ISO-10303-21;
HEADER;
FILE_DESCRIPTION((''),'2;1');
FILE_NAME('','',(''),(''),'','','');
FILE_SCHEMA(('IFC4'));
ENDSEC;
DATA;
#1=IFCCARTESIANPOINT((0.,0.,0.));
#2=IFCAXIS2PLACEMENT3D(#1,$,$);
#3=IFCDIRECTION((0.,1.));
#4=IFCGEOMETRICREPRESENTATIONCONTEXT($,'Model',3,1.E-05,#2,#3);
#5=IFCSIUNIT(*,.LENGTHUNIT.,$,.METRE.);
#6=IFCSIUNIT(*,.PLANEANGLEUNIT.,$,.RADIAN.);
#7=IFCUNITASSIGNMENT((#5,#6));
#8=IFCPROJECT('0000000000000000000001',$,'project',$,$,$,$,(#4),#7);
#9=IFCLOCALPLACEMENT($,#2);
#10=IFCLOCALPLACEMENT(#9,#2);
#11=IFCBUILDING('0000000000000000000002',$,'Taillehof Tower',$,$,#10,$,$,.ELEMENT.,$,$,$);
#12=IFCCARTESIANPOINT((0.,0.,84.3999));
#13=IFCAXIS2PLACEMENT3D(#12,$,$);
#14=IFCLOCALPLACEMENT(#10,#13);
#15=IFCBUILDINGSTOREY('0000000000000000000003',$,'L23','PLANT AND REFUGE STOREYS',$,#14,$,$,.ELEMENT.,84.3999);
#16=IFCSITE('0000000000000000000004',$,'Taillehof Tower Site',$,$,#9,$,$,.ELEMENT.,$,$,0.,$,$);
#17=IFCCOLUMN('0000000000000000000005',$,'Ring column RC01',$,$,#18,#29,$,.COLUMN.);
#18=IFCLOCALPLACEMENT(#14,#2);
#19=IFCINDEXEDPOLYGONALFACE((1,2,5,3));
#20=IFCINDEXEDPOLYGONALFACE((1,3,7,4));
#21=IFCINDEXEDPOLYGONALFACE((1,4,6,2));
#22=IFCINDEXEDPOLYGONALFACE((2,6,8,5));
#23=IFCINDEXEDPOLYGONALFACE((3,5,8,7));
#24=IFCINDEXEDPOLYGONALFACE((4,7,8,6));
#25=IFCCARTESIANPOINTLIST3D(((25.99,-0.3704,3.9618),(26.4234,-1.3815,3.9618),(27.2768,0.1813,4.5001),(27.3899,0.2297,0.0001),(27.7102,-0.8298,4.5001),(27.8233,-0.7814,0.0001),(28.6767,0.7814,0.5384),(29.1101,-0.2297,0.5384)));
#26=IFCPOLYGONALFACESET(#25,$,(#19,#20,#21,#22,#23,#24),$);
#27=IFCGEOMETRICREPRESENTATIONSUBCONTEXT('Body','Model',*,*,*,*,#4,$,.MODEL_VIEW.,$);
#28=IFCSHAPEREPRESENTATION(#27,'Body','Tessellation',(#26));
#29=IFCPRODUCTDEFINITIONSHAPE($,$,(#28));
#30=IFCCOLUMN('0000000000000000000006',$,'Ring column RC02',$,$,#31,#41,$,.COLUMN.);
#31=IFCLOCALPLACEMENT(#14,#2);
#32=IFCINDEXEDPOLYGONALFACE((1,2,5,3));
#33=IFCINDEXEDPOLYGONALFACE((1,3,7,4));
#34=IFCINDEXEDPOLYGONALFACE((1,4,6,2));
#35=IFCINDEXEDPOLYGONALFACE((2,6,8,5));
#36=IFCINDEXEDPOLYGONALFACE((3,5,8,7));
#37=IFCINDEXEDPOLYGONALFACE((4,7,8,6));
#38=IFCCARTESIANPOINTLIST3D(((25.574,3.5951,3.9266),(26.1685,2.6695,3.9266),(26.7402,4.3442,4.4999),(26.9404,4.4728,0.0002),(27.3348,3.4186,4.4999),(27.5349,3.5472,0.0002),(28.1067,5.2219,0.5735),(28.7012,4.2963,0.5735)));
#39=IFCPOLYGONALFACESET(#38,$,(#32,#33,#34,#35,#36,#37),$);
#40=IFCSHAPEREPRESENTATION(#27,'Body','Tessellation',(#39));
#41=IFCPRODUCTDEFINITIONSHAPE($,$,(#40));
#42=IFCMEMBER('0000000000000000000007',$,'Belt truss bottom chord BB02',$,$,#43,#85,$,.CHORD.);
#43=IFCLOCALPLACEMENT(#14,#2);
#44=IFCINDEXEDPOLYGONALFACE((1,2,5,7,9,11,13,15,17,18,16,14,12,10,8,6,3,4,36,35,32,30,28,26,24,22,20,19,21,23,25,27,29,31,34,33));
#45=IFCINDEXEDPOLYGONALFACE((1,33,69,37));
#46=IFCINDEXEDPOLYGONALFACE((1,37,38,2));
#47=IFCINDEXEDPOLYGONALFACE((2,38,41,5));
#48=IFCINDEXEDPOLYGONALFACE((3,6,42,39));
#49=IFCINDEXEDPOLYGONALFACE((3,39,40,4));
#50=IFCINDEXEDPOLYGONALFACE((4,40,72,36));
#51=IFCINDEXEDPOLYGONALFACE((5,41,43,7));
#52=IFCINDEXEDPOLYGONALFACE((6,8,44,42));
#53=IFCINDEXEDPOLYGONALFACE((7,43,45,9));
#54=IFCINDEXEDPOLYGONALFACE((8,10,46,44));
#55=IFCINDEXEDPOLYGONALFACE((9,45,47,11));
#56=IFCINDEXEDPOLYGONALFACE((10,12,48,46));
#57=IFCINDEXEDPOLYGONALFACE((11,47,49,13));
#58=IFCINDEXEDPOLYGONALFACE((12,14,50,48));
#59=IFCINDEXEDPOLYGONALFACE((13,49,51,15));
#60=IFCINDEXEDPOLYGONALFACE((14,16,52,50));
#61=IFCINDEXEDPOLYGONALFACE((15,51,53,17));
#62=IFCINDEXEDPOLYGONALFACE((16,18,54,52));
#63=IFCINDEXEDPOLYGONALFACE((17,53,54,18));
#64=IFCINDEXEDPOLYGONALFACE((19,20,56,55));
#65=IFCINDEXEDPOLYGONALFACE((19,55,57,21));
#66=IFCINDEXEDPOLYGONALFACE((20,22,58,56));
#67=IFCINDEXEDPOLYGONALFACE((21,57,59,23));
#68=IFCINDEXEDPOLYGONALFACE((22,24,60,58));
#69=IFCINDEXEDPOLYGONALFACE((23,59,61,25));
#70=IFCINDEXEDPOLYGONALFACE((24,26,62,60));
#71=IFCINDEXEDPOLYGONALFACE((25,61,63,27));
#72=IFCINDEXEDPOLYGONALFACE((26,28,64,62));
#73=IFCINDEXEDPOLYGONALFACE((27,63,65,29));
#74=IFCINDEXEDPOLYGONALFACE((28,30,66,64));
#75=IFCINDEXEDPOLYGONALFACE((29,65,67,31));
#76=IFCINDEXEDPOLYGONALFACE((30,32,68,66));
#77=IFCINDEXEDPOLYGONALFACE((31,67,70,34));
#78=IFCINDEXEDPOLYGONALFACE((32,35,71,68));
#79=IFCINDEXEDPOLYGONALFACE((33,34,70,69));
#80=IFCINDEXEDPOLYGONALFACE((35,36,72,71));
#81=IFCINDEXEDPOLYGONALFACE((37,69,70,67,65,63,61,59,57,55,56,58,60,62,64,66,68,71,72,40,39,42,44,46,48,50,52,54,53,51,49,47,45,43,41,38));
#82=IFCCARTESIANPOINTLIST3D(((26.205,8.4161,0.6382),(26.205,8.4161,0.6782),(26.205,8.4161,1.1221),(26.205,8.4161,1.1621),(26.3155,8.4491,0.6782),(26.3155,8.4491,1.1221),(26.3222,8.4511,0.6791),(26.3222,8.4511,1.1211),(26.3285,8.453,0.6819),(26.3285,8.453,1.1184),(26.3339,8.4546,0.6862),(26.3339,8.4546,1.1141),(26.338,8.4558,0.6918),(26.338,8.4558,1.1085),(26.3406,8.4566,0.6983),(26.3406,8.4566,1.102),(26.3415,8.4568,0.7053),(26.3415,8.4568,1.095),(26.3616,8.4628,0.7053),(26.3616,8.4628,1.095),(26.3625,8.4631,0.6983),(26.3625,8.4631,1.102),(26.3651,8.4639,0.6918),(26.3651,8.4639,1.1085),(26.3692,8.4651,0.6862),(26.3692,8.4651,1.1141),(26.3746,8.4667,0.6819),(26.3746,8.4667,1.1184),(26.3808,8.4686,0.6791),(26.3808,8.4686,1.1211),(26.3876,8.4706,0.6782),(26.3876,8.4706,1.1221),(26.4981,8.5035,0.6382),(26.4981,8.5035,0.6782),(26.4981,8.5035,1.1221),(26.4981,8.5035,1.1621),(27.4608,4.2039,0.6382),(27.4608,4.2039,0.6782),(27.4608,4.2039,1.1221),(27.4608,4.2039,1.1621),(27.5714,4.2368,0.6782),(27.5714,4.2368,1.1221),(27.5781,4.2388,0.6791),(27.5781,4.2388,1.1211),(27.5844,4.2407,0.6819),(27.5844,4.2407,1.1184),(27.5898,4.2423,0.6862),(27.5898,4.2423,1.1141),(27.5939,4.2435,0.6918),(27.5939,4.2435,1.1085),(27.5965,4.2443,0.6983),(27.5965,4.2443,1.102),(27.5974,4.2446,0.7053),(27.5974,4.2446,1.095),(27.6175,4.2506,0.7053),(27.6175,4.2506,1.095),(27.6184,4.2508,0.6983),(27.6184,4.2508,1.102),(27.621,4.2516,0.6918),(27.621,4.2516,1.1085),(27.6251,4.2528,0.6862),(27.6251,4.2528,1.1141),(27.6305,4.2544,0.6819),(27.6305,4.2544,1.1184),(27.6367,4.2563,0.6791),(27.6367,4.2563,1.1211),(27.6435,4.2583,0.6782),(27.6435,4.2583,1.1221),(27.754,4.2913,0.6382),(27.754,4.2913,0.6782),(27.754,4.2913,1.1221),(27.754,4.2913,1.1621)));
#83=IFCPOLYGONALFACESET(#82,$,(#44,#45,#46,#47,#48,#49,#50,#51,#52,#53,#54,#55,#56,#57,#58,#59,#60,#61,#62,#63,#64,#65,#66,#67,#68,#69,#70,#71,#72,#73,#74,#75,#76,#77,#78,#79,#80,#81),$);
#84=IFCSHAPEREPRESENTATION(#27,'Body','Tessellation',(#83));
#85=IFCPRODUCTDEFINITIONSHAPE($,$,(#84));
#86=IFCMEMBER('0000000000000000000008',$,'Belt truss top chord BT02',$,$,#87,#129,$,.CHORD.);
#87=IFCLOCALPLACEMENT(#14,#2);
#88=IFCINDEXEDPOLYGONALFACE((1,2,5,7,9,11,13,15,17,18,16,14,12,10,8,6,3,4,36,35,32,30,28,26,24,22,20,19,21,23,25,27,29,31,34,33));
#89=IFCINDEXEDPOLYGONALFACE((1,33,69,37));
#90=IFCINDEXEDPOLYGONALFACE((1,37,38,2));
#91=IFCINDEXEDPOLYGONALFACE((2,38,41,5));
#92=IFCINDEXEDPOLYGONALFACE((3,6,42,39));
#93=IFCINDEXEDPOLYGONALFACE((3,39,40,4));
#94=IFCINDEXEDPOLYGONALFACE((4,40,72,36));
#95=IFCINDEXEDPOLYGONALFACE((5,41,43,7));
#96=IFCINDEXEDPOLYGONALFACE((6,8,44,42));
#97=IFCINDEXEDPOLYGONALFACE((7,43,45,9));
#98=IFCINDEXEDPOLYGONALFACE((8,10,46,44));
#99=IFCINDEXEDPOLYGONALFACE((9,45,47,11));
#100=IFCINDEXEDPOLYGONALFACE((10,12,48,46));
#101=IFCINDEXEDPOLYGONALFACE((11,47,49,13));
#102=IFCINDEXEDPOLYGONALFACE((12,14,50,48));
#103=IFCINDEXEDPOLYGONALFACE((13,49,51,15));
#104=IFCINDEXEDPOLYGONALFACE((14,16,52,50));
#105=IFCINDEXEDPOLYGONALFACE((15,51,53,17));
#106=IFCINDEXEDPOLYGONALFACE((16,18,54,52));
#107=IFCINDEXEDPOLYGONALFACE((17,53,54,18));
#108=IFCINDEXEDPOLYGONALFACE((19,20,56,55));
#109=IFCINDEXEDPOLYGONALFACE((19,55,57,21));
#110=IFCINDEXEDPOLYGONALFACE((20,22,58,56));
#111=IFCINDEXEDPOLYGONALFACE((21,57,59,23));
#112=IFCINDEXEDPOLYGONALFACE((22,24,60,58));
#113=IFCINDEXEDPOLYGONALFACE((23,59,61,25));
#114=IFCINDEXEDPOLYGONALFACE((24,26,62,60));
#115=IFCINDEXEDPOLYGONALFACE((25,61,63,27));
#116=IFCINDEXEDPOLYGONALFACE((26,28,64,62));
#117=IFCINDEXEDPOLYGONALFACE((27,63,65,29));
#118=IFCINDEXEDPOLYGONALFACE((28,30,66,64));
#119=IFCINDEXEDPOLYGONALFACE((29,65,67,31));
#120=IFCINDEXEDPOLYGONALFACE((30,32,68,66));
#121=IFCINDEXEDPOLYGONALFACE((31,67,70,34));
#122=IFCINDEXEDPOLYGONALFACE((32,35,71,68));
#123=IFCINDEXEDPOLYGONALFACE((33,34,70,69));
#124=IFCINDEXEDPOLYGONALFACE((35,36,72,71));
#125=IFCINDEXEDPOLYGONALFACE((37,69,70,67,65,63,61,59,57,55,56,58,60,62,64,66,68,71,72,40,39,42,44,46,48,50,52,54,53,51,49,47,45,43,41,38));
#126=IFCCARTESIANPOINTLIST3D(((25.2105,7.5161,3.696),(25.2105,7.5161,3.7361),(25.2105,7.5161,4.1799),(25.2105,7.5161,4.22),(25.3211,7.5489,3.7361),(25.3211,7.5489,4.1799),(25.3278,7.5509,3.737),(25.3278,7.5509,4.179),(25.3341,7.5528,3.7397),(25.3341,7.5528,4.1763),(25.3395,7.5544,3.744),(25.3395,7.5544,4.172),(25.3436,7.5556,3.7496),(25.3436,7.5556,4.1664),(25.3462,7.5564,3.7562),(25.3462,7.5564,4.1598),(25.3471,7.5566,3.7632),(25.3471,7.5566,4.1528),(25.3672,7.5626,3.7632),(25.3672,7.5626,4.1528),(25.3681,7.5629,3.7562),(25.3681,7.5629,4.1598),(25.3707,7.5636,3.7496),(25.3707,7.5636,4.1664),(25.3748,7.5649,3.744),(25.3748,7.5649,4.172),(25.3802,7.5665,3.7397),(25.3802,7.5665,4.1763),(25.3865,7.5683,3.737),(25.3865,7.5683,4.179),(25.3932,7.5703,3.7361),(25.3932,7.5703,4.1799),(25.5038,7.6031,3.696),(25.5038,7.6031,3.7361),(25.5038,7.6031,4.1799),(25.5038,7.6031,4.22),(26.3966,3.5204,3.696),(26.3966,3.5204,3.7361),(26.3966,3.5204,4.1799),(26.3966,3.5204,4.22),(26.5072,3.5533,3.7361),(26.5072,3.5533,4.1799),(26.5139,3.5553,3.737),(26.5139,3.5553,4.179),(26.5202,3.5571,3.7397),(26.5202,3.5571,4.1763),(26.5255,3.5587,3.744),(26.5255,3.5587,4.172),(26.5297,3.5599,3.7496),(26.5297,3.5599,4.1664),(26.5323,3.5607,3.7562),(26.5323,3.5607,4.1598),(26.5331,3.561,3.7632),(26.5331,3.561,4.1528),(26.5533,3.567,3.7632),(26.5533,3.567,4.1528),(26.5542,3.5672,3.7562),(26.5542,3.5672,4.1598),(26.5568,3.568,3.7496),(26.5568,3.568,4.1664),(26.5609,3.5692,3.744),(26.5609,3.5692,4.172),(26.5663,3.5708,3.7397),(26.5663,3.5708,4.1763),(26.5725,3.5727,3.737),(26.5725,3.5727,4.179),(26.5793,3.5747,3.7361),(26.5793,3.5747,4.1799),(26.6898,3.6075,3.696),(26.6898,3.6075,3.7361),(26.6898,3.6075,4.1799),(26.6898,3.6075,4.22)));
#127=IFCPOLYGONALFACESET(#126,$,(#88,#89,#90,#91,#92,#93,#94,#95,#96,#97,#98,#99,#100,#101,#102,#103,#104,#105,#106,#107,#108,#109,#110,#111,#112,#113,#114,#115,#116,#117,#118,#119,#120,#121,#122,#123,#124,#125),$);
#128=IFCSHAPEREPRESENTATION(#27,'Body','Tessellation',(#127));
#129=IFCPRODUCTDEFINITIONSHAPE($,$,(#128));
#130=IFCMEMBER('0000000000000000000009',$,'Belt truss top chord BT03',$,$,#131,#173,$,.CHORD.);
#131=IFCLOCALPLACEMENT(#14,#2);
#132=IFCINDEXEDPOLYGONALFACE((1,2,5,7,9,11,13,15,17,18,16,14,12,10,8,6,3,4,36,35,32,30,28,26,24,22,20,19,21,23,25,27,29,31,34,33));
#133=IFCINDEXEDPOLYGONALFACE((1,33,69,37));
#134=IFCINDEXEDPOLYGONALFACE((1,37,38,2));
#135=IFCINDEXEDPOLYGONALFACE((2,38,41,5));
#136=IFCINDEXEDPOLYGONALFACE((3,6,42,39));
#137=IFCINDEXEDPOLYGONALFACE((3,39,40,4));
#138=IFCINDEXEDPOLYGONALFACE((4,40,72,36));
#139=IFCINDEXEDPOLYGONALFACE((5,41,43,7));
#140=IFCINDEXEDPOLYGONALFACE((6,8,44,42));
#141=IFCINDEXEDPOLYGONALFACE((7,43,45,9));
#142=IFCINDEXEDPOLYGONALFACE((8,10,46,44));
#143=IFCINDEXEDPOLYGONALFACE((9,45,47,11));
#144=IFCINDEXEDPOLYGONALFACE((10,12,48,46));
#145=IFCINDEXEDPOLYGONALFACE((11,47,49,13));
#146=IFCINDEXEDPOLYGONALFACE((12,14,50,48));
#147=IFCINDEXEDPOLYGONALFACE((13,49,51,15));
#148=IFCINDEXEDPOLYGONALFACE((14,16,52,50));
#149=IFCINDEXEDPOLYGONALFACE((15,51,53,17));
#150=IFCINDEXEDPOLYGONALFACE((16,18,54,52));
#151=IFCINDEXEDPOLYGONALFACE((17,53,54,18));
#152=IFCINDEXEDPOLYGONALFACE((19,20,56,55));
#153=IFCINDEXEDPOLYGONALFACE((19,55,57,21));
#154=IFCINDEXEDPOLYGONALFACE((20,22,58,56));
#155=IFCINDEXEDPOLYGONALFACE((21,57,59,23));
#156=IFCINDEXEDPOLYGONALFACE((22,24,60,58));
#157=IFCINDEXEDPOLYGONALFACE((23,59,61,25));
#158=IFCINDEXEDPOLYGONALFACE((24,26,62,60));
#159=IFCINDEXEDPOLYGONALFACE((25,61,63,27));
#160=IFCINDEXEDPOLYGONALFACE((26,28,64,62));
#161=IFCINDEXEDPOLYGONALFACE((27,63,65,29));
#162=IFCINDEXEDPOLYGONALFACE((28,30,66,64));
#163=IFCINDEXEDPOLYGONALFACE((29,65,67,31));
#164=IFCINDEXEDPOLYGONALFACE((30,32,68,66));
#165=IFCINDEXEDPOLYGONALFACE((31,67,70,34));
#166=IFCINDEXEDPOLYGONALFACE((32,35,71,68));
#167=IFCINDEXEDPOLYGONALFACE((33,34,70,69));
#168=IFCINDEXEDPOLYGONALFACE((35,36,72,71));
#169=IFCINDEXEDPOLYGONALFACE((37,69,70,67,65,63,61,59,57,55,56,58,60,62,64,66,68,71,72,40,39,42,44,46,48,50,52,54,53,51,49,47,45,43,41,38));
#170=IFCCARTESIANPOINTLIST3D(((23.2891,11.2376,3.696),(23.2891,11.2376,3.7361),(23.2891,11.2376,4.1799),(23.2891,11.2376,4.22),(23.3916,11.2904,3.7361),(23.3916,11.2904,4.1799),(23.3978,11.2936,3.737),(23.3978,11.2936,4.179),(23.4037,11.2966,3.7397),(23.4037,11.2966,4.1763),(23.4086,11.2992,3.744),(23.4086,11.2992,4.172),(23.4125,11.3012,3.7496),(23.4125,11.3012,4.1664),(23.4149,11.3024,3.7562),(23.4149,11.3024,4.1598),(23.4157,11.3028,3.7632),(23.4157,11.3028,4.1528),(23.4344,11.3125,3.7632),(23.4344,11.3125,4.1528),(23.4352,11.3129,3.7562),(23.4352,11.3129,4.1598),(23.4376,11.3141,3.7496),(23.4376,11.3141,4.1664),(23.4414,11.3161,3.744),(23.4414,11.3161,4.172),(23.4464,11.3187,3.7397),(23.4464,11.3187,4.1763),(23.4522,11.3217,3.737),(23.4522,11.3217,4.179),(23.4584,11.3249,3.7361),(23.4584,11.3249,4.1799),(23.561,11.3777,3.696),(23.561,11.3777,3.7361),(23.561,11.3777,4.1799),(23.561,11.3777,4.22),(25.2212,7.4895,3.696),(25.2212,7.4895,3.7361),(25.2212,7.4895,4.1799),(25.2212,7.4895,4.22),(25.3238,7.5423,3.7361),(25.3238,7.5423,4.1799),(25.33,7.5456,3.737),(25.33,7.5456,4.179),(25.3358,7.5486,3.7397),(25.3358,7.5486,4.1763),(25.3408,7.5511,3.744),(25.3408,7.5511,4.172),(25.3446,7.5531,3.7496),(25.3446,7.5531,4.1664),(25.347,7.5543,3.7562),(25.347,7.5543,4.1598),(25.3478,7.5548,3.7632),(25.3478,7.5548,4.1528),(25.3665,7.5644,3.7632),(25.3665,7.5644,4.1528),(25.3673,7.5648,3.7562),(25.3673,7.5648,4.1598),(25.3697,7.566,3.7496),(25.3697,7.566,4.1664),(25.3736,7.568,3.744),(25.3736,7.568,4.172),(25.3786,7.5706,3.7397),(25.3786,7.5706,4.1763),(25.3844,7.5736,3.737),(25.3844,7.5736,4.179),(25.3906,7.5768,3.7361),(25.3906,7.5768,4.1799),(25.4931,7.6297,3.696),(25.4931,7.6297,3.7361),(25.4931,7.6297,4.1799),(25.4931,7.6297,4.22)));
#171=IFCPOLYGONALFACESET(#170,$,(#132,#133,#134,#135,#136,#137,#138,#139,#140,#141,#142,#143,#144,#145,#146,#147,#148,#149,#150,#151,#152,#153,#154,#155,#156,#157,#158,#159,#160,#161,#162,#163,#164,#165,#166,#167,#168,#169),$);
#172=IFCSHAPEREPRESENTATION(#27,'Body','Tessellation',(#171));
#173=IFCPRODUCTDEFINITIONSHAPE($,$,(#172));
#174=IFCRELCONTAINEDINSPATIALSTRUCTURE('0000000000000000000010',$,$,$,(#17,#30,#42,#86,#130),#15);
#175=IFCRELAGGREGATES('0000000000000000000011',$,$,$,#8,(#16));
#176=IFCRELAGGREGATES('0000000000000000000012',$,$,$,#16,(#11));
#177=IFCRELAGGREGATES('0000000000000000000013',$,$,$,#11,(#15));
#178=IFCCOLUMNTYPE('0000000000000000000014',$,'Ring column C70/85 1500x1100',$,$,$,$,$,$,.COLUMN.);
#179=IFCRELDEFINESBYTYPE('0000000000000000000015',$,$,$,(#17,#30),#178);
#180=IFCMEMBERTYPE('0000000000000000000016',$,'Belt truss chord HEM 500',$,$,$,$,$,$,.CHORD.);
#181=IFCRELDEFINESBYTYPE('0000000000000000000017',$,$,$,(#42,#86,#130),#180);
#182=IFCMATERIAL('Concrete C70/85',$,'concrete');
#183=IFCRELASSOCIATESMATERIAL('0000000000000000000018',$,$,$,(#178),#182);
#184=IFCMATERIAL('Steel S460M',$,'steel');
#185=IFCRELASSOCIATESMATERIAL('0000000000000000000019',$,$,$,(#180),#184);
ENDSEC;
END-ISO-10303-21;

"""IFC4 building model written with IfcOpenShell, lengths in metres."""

from ifc_helpers import new_model, si_unit, direction, frame, origin, origin_2d, place, context, subcontext, project, spatial, rectangle, i_section, extrude, material, material_profile, profile_set, type_object, element, save


model = new_model("IFC4")

# Units and contexts
model_context = context("Model", 3, precision=1e-05, world=origin(), true_north=direction((0.0, 1.0)))
body_context = subcontext(model_context, "Body", "Model", "MODEL_VIEW")
ifc_project = project(units=[si_unit("LENGTHUNIT", "METRE"), si_unit("PLANEANGLEUNIT", "RADIAN")], contexts=[model_context])

# Site, building, storey
site_placement = place(None, origin())
site = spatial("IfcSite", under=ifc_project, at=site_placement, Name="Taillehof Tower Site", CompositionType="ELEMENT", RefElevation=0.0)
building_placement = place(site_placement, origin())
building = spatial("IfcBuilding", under=site, at=building_placement, Name="Taillehof Tower", CompositionType="ELEMENT")
storey_placement = place(building_placement, frame((0.0, 0.0, 84.3999)))
storey = spatial("IfcBuildingStorey", under=building, at=storey_placement, Name="L23", Description="PLANT AND REFUGE STOREYS", CompositionType="ELEMENT", Elevation=84.3999)

# Columns
ifc_material_1 = material(Name="Concrete C70/85", Category="concrete")
ifc_material_profile_1 = material_profile(ifc_material_1, rectangle(XDim=1.5, YDim=1.1001, at=origin_2d()), Name="RC 1500x1100")
ifc_profile_set_1 = profile_set([ifc_material_profile_1], Name="Concrete C70/85")
column_type = type_object("IfcColumnType", Name="Ring column C70/85 1500x1100", PredefinedType="COLUMN", material=ifc_profile_set_1)
column_1_placement = place(storey_placement, frame((28.25, 0.0, 0.2693), z_axis=(-0.329826, -0.141387, 0.933394), x_axis=(0.857894, 0.367754, 0.358853)))
element("IfcColumn", 1, at=column_1_placement, inside=storey, type_object=column_type, Name="Ring column RC01", PredefinedType="COLUMN", context=body_context, shape_type="SweptSolid", body=[
    extrude(rectangle(XDim=1.5, YDim=1.1001, at=origin_2d()), origin(), (0.0, 0.0, 1.0), 4.2444),
])
column_2_placement = place(storey_placement, frame((27.8208, 4.3845, 0.2869), z_axis=(-0.321585, -0.206557, 0.924076), x_axis=(0.777507, 0.499399, 0.382208)))
element("IfcColumn", 2, at=column_2_placement, inside=storey, type_object=column_type, Name="Ring column RC02", PredefinedType="COLUMN", context=body_context, shape_type="SweptSolid", body=[
    extrude(rectangle(XDim=1.5, YDim=1.1001, at=origin_2d()), origin(), (0.0, 0.0, 1.0), 4.249),
])

# Members
ifc_material_2 = material(Name="Steel S460M", Category="steel")
ifc_material_profile_2 = material_profile(ifc_material_2, i_section(OverallWidth=0.3059, OverallDepth=0.5239, WebThickness=0.021, FlangeThickness=0.04, FilletRadius=0.0271, at=origin_2d()), Name="HEM 500")
ifc_profile_set_2 = profile_set([ifc_material_profile_2], Name="Steel S460M")
member_type_1 = type_object("IfcMemberType", Name="Belt truss chord HEM 500", PredefinedType="CHORD", material=ifc_profile_set_2)
member_1_placement = place(storey_placement, frame((27.6074, 4.2476, 0.9001), z_axis=(-0.285722, 0.958313, 0.0), x_axis=(-0.958313, -0.285722, 0.0)))
element("IfcMember", 3, at=member_1_placement, inside=storey, type_object=member_type_1, Name="Belt truss bottom chord BB02", PredefinedType="CHORD", context=body_context, shape_type="SweptSolid", body=[
    extrude(i_section(OverallWidth=0.3059, OverallDepth=0.5239, WebThickness=0.021, FlangeThickness=0.04, FilletRadius=0.0271, at=origin_2d()), origin(), (0.0, 0.0, 1.0), 4.3955),
])
member_2_placement = place(storey_placement, frame((26.5432, 3.564, 3.958), z_axis=(-0.284563, 0.958657, 0.0), x_axis=(-0.958657, -0.284563, 0.0)))
element("IfcMember", 4, at=member_2_placement, inside=storey, type_object=member_type_1, Name="Belt truss top chord BT02", PredefinedType="CHORD", context=body_context, shape_type="SweptSolid", body=[
    extrude(i_section(OverallWidth=0.3059, OverallDepth=0.5239, WebThickness=0.021, FlangeThickness=0.04, FilletRadius=0.0271, at=origin_2d()), origin(), (0.0, 0.0, 1.0), 4.168),
])
member_3_placement = place(storey_placement, frame((25.3572, 7.5596, 3.958), z_axis=(-0.458203, 0.888847, 0.0), x_axis=(-0.888847, -0.458203, 0.0)))
element("IfcMember", 5, at=member_3_placement, inside=storey, type_object=member_type_1, Name="Belt truss top chord BT03", PredefinedType="CHORD", context=body_context, shape_type="SweptSolid", body=[
    extrude(i_section(OverallWidth=0.3059, OverallDepth=0.5239, WebThickness=0.021, FlangeThickness=0.04, FilletRadius=0.0271, at=origin_2d()), origin(), (0.0, 0.0, 1.0), 4.2168),
])

save(model, "model.ifc")
